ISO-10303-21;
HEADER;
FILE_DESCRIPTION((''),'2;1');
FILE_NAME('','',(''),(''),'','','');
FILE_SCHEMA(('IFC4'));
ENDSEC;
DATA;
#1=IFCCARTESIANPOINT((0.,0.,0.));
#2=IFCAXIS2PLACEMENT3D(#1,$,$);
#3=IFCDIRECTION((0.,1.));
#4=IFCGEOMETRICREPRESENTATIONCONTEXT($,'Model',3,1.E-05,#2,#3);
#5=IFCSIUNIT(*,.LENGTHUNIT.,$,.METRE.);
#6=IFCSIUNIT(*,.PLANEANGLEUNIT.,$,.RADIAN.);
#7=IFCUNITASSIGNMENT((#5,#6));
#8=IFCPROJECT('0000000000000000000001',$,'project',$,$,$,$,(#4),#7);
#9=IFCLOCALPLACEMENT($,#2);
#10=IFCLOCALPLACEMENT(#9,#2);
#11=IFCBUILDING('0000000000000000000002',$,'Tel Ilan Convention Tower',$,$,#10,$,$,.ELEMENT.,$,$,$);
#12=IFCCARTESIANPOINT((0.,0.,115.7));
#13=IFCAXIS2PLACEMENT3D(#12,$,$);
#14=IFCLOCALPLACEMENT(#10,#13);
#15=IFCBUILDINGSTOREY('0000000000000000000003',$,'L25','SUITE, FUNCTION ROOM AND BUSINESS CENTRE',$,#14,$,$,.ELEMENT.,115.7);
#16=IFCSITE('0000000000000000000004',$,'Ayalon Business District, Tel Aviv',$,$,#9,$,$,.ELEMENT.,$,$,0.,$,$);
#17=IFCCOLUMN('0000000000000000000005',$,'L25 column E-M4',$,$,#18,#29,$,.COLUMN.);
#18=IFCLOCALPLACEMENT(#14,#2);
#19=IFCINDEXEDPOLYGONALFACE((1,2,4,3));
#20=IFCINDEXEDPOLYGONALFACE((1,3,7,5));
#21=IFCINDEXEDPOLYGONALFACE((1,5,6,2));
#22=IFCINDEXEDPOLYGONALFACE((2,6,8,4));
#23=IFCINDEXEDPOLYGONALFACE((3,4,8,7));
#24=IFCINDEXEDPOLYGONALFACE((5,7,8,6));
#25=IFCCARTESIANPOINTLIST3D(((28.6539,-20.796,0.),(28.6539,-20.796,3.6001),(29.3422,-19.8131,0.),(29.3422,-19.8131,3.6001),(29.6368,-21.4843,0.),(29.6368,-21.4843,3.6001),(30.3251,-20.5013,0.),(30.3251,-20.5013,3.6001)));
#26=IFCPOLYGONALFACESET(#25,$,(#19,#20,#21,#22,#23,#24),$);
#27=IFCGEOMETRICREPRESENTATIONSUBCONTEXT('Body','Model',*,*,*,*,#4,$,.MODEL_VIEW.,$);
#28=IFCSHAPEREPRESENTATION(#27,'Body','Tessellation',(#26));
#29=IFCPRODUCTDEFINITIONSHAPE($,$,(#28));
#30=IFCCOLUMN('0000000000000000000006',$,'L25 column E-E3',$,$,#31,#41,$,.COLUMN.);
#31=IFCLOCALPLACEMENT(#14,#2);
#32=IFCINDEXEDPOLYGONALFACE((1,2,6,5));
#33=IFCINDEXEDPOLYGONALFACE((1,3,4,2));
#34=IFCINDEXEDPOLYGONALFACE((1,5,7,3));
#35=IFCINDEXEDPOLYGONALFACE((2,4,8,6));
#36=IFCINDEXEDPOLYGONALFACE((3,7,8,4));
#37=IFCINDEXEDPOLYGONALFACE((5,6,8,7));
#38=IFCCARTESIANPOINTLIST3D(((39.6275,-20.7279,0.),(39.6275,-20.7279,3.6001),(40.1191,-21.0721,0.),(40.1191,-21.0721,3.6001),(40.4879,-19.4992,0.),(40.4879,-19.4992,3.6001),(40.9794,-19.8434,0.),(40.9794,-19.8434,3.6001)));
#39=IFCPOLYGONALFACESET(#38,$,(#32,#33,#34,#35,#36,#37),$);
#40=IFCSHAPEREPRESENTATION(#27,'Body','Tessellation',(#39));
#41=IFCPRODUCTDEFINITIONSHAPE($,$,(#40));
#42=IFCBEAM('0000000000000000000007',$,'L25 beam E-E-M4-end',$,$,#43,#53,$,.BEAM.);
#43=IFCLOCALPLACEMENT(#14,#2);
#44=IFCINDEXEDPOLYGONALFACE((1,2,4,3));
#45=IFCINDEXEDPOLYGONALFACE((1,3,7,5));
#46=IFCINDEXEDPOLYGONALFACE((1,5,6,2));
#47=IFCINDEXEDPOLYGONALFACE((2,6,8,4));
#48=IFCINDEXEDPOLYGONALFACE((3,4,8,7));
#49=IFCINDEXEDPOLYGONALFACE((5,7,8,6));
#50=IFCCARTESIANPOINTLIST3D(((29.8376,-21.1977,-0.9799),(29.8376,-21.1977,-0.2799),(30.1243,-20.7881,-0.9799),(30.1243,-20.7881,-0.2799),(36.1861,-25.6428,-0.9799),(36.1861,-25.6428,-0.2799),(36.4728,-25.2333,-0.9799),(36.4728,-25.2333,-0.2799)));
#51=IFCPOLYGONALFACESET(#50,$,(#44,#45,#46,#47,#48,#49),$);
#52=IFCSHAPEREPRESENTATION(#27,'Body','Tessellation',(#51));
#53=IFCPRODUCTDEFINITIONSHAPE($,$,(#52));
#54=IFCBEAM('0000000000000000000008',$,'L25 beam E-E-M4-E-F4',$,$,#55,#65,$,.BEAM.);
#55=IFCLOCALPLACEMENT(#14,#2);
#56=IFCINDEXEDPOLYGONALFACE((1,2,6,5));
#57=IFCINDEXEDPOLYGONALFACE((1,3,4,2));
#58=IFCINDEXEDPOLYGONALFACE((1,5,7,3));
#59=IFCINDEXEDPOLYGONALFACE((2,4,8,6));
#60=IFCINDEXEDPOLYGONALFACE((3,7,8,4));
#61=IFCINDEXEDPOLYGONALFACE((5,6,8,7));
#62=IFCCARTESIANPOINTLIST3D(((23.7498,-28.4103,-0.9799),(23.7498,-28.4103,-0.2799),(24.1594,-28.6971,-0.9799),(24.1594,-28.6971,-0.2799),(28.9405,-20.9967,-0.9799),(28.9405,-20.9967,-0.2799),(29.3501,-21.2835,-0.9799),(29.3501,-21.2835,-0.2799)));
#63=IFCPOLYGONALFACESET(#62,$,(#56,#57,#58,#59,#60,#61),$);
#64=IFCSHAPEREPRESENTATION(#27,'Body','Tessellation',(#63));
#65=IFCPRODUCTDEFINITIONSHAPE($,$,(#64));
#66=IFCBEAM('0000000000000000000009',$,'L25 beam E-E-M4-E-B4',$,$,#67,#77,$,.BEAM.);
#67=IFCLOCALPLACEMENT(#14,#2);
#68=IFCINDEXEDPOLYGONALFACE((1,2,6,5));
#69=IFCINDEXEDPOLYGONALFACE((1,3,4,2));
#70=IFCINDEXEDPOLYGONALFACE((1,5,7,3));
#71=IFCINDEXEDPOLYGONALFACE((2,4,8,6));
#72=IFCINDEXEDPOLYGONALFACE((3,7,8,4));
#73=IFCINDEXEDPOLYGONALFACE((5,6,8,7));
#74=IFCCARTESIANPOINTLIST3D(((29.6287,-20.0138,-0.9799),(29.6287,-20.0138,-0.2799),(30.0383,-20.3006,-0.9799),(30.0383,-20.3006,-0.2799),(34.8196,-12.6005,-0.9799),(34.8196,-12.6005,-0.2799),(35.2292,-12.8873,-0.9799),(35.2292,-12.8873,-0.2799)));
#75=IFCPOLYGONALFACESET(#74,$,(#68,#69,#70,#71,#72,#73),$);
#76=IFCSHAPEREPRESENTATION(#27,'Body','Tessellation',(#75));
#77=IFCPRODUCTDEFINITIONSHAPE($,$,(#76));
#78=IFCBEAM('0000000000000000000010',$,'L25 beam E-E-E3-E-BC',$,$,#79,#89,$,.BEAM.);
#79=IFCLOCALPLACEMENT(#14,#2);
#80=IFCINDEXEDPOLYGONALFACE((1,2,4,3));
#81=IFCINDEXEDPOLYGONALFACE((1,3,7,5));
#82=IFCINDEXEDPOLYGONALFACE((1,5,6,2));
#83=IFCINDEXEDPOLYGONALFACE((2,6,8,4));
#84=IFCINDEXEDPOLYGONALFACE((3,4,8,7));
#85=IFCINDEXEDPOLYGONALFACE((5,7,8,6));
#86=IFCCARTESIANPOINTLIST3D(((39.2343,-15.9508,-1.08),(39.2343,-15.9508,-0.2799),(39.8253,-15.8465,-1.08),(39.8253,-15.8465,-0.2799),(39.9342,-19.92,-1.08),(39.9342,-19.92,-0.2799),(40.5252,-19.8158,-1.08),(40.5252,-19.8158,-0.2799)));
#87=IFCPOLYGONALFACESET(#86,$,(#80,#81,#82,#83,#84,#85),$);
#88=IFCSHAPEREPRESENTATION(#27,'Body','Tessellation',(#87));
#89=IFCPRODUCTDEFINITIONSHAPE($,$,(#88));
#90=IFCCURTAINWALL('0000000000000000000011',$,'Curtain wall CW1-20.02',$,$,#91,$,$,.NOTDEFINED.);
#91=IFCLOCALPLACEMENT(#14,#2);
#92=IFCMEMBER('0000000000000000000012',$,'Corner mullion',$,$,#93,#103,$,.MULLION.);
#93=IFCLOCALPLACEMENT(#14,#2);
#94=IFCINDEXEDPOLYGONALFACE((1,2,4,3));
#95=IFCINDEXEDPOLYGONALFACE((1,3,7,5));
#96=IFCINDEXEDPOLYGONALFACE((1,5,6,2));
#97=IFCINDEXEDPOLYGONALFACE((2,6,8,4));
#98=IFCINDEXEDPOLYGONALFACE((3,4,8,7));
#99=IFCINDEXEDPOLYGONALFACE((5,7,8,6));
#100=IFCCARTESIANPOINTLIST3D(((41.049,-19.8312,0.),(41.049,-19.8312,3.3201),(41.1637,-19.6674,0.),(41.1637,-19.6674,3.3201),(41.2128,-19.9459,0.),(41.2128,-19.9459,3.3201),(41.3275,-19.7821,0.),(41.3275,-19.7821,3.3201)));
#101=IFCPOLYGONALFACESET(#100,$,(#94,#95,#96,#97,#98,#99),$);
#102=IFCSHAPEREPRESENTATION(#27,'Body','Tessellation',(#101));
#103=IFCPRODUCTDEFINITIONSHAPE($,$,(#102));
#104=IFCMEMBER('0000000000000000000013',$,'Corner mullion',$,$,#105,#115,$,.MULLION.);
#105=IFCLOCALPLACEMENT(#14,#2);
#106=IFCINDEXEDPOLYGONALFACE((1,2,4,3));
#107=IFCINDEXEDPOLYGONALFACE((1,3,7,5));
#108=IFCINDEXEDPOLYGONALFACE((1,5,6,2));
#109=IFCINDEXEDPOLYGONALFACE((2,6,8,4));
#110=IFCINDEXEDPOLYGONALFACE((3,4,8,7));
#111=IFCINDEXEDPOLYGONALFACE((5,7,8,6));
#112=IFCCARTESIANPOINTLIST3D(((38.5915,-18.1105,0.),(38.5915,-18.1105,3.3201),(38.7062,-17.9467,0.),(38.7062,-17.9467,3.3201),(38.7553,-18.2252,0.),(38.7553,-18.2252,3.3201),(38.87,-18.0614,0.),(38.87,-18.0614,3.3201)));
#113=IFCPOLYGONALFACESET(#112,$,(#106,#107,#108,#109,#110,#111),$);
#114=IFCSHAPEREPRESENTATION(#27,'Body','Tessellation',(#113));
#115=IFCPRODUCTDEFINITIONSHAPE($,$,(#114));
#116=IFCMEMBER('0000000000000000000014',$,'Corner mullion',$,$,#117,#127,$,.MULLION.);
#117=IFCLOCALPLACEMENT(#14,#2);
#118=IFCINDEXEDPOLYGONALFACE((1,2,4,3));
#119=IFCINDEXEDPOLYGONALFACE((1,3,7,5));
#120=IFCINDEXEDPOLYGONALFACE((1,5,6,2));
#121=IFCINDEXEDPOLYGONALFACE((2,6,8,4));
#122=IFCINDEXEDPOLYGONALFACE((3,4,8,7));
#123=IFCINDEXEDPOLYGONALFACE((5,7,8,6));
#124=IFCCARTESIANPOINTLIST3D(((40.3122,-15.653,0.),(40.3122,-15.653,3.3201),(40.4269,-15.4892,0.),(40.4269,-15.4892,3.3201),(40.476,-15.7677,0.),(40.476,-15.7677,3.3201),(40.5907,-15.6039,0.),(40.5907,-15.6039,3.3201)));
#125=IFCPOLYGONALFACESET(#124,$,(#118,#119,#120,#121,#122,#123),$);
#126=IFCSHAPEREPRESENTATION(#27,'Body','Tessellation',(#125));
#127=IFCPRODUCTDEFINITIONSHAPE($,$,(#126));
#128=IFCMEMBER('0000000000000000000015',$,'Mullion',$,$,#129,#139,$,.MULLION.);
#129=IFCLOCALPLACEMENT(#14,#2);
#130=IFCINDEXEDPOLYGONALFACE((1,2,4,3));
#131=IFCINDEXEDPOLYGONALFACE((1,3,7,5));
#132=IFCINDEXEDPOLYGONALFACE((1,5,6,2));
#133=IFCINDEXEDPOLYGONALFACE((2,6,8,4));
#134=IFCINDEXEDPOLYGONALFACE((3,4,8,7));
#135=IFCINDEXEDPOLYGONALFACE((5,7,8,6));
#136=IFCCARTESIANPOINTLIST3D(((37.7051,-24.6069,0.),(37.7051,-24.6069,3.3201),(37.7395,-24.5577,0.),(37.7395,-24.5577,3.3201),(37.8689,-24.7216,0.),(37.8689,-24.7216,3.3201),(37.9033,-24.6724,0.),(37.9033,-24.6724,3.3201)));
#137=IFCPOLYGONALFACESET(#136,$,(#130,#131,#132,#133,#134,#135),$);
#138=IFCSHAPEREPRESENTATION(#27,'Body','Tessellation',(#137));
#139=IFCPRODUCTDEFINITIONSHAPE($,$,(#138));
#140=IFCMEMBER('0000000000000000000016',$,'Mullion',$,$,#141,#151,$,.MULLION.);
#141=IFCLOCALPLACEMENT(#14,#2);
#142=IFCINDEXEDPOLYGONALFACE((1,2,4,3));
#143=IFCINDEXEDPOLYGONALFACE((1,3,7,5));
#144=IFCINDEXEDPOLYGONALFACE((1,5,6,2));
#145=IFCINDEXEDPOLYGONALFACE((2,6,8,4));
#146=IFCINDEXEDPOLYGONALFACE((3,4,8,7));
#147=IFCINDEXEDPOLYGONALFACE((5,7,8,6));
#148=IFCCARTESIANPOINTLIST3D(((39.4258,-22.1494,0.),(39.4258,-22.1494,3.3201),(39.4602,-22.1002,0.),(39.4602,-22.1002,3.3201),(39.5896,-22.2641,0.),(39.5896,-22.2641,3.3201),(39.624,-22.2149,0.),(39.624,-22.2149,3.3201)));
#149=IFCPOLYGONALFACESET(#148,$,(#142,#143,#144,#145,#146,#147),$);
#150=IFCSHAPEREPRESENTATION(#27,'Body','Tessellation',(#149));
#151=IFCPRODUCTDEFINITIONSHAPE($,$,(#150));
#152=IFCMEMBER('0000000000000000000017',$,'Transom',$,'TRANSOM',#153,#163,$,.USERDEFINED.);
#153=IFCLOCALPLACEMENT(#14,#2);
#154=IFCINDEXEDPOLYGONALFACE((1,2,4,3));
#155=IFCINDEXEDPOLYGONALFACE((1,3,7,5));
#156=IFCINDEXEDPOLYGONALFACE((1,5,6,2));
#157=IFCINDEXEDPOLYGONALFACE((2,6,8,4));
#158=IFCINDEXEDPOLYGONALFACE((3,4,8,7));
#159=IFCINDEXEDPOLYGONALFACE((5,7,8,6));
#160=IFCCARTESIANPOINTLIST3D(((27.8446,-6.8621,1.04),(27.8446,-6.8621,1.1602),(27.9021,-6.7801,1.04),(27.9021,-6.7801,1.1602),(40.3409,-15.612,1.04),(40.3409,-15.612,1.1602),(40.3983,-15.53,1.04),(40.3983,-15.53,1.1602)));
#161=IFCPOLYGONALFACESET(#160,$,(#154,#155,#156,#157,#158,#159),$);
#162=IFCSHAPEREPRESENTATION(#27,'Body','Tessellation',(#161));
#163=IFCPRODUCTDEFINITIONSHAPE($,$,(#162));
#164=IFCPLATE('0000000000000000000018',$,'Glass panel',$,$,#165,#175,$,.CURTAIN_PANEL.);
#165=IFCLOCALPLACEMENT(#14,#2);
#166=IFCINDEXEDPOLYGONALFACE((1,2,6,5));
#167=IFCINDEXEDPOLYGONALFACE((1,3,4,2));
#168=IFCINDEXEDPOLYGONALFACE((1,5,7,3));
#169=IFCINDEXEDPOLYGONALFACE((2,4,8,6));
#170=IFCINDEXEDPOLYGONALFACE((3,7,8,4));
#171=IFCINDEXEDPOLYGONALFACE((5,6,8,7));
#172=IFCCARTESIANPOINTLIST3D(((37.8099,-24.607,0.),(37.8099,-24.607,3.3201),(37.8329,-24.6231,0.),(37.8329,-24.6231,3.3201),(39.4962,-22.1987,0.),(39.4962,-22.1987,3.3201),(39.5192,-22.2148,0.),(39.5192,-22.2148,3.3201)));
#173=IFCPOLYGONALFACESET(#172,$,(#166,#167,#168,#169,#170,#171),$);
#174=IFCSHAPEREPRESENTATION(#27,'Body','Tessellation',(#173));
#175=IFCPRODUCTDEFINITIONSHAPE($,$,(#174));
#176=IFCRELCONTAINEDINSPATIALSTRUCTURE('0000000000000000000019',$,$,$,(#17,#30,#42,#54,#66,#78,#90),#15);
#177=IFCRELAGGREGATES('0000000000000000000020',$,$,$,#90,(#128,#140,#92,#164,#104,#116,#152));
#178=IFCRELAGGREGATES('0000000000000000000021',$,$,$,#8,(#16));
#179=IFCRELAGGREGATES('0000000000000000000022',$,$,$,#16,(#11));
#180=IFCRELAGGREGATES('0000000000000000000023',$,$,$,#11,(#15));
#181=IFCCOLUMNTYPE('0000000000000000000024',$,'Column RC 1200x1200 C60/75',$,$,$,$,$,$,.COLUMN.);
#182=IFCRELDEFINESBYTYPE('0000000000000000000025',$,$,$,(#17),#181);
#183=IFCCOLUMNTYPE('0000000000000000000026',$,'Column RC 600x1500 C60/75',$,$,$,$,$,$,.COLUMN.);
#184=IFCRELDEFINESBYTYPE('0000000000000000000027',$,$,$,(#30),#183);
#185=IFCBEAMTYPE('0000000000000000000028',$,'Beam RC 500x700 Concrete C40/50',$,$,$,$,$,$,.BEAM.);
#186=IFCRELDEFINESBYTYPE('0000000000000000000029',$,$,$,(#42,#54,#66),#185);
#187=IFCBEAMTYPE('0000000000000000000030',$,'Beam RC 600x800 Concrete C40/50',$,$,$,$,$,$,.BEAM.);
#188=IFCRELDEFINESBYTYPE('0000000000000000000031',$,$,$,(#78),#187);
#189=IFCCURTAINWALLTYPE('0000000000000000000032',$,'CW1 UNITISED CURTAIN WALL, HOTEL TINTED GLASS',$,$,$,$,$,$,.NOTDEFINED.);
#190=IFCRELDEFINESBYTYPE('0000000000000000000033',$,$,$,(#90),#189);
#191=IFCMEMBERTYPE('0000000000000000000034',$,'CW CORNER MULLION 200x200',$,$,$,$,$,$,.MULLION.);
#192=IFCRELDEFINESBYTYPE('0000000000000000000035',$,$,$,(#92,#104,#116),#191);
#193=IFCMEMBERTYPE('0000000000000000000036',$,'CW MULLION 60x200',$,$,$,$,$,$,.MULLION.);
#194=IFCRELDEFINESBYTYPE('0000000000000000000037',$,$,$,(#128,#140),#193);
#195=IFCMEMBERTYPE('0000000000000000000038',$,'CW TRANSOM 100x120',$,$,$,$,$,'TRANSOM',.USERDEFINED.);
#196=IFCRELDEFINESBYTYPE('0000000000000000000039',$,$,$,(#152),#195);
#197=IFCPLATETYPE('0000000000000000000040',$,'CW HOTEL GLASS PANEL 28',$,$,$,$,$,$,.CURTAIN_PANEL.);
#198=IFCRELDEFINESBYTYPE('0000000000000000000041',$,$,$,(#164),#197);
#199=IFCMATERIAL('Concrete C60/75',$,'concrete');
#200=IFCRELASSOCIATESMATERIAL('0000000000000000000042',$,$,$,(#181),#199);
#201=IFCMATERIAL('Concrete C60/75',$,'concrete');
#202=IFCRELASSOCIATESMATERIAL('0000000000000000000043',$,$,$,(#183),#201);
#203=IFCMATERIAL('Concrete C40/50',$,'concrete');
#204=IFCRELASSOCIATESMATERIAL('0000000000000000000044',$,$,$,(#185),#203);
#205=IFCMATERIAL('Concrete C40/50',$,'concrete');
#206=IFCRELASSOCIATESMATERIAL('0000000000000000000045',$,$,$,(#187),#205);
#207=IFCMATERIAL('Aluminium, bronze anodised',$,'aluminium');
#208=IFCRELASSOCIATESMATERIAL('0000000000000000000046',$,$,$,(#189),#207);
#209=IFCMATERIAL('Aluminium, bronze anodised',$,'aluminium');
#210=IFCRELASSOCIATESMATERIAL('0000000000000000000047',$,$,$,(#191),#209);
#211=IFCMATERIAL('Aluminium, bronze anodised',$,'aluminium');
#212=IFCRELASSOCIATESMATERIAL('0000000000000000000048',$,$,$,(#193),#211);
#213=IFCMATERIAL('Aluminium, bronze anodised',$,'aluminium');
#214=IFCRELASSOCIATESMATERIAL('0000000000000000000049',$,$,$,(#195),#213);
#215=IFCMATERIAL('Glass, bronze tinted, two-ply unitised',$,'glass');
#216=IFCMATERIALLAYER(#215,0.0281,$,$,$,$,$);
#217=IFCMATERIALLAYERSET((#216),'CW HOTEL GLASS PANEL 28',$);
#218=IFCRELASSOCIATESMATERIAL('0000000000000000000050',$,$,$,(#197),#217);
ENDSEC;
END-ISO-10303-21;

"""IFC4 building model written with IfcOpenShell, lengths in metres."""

from ifc_helpers import new_model, si_unit, direction, frame, origin, origin_2d, place, context, subcontext, project, spatial, rectangle, extrude, material, layer, layer_set, material_profile, profile_set, type_object, element, aggregate, save


model = new_model("IFC4")

# Units and contexts
model_context = context("Model", 3, precision=1e-05, world=origin(), true_north=direction((0.0, 1.0)))
body_context = subcontext(model_context, "Body", "Model", "MODEL_VIEW")
ifc_project = project(units=[si_unit("LENGTHUNIT", "METRE"), si_unit("PLANEANGLEUNIT", "RADIAN")], contexts=[model_context])

# Site, building, storey
site_placement = place(None, origin())
site = spatial("IfcSite", under=ifc_project, at=site_placement, Name="Ayalon Business District, Tel Aviv", CompositionType="ELEMENT", RefElevation=0.0)
building_placement = place(site_placement, origin())
building = spatial("IfcBuilding", under=site, at=building_placement, Name="Tel Ilan Convention Tower", CompositionType="ELEMENT")
storey_placement = place(building_placement, frame((0.0, 0.0, 115.7)))
storey = spatial("IfcBuildingStorey", under=building, at=storey_placement, Name="L25", Description="SUITE, FUNCTION ROOM AND BUSINESS CENTRE", CompositionType="ELEMENT", Elevation=115.7)

# Columns
ifc_material_1 = material(Name="Concrete C60/75", Category="concrete")
ifc_material_profile_1 = material_profile(ifc_material_1, rectangle(XDim=1.2, YDim=1.2, at=origin_2d()), Name="RC 1200x1200")
ifc_profile_set_1 = profile_set([ifc_material_profile_1], Name="Concrete C60/75")
column_type_1 = type_object("IfcColumnType", Name="Column RC 1200x1200 C60/75", PredefinedType="COLUMN", material=ifc_profile_set_1)
column_1_placement = place(storey_placement, frame((29.4895, -20.6487, 0.0), z_axis=(0.0, 0.0, 1.0), x_axis=(0.819152, -0.573576, 0.0)))
element("IfcColumn", 1, at=column_1_placement, inside=storey, type_object=column_type_1, Name="L25 column E-M4", PredefinedType="COLUMN", context=body_context, shape_type="SweptSolid", body=[
    extrude(rectangle(XDim=1.2, YDim=1.2, at=origin_2d()), origin(), (0.0, 0.0, 1.0), 3.6001),
])
ifc_material_2 = material(Name="Concrete C60/75", Category="concrete")
ifc_material_profile_2 = material_profile(ifc_material_2, rectangle(XDim=1.5, YDim=0.6001, at=origin_2d()), Name="RC 600x1500")
ifc_profile_set_2 = profile_set([ifc_material_profile_2], Name="Concrete C60/75")
column_type_2 = type_object("IfcColumnType", Name="Column RC 600x1500 C60/75", PredefinedType="COLUMN", material=ifc_profile_set_2)
column_2_placement = place(storey_placement, frame((40.3035, -20.2856, 0.0), z_axis=(0.0, 0.0, 1.0), x_axis=(0.573576, 0.819152, 0.0)))
element("IfcColumn", 2, at=column_2_placement, inside=storey, type_object=column_type_2, Name="L25 column E-E3", PredefinedType="COLUMN", context=body_context, shape_type="SweptSolid", body=[
    extrude(rectangle(XDim=1.5, YDim=0.6001, at=origin_2d()), origin(), (0.0, 0.0, 1.0), 3.6001),
])

# Beams
ifc_material_3 = material(Name="Concrete C40/50", Category="concrete")
ifc_material_profile_3 = material_profile(ifc_material_3, rectangle(XDim=0.5, YDim=0.7, at=origin_2d()), Name="RC 500x700")
ifc_profile_set_3 = profile_set([ifc_material_profile_3], Name="Concrete C40/50")
beam_type_1 = type_object("IfcBeamType", Name="Beam RC 500x700 Concrete C40/50", PredefinedType="BEAM", material=ifc_profile_set_3)
beam_1_placement = place(storey_placement, frame((29.981, -20.9929, -0.6299), z_axis=(0.819159, -0.573566, 0.0), x_axis=(0.573566, 0.819159, 0.0)))
element("IfcBeam", 3, at=beam_1_placement, inside=storey, type_object=beam_type_1, Name="L25 beam E-E-M4-end", PredefinedType="BEAM", context=body_context, shape_type="SweptSolid", body=[
    extrude(rectangle(XDim=0.5, YDim=0.7, at=origin_2d()), origin(), (0.0, 0.0, 1.0), 7.75),
])
for number, where, z_axis, x_axis, name in (
    (4, (29.1453, -21.1401, -0.6299), (-0.573549, -0.819171, 0.0), (0.819171, -0.573549, 0.0), "L25 beam E-E-M4-E-F4"),
    (5, (29.8335, -20.1572, -0.6299), (0.57358, 0.81915, 0.0), (-0.81915, 0.57358, 0.0), "L25 beam E-E-M4-E-B4"),
):
    element("IfcBeam", number, at=place(storey_placement, frame(where, z_axis=z_axis, x_axis=x_axis)), inside=storey, type_object=beam_type_1, Name=name, PredefinedType="BEAM", context=body_context, shape_type="SweptSolid", body=[
        extrude(rectangle(XDim=0.5, YDim=0.7, at=origin_2d()), origin(), (0.0, 0.0, 1.0), 9.05),
    ])
ifc_material_4 = material(Name="Concrete C40/50", Category="concrete")
ifc_material_profile_4 = material_profile(ifc_material_4, rectangle(XDim=0.6001, YDim=0.8, at=origin_2d()), Name="RC 600x800")
ifc_profile_set_4 = profile_set([ifc_material_profile_4], Name="Concrete C40/50")
beam_type_2 = type_object("IfcBeamType", Name="Beam RC 600x800 Concrete C40/50", PredefinedType="BEAM", material=ifc_profile_set_4)
beam_2_placement = place(storey_placement, frame((40.2297, -19.8679, -0.6799), z_axis=(-0.173664, 0.984805, 0.0), x_axis=(-0.984805, -0.173664, 0.0)))
element("IfcBeam", 6, at=beam_2_placement, inside=storey, type_object=beam_type_2, Name="L25 beam E-E-E3-E-BC", PredefinedType="BEAM", context=body_context, shape_type="SweptSolid", body=[
    extrude(rectangle(XDim=0.6001, YDim=0.8, at=origin_2d()), origin(), (0.0, 0.0, 1.0), 4.0305),
])

# Curtain wall, members, plate
ifc_material_5 = material(Name="Aluminium, bronze anodised", Category="aluminium")
curtain_wall_type = type_object("IfcCurtainWallType", Name="CW1 UNITISED CURTAIN WALL, HOTEL TINTED GLASS", PredefinedType="NOTDEFINED", material=ifc_material_5)
curtain_wall_placement = place(storey_placement, origin())
curtain_wall = element("IfcCurtainWall", 7, at=curtain_wall_placement, inside=storey, type_object=curtain_wall_type, Name="Curtain wall CW1-20.02", PredefinedType="NOTDEFINED")
ifc_material_6 = material(Name="Aluminium, bronze anodised", Category="aluminium")
ifc_material_profile_5 = material_profile(ifc_material_6, rectangle(XDim=0.2, YDim=0.2, at=origin_2d()), Name="CW CORNER MULLION 200x200")
ifc_profile_set_5 = profile_set([ifc_material_profile_5], Name="Aluminium, bronze anodised")
member_type_1 = type_object("IfcMemberType", Name="CW CORNER MULLION 200x200", PredefinedType="MULLION", material=ifc_profile_set_5)
member_1_placement = place(storey_placement, frame((41.1882, -19.8066, 0.0), z_axis=(0.0, 0.0, 1.0), x_axis=(0.573576, 0.819152, 0.0)))
member_1 = element("IfcMember", 8, at=member_1_placement, type_object=member_type_1, Name="Corner mullion", PredefinedType="MULLION", context=body_context, shape_type="SweptSolid", body=[
    extrude(rectangle(XDim=0.2, YDim=0.2, at=origin_2d()), origin(), (0.0, 0.0, 1.0), 3.3201),
])
member_2_placement = place(storey_placement, frame((38.7307, -18.0859, 0.0), z_axis=(0.0, 0.0, 1.0), x_axis=(-0.819152, 0.573576, 0.0)))
member_2 = element("IfcMember", 9, at=member_2_placement, type_object=member_type_1, Name="Corner mullion", PredefinedType="MULLION", context=body_context, shape_type="SweptSolid", body=[
    extrude(rectangle(XDim=0.2, YDim=0.2, at=origin_2d()), origin(), (0.0, 0.0, 1.0), 3.3201),
])
member_3_placement = place(storey_placement, frame((40.4514, -15.6284, 0.0), z_axis=(0.0, 0.0, 1.0), x_axis=(0.573576, 0.819152, 0.0)))
member_3 = element("IfcMember", 10, at=member_3_placement, type_object=member_type_1, Name="Corner mullion", PredefinedType="MULLION", context=body_context, shape_type="SweptSolid", body=[
    extrude(rectangle(XDim=0.2, YDim=0.2, at=origin_2d()), origin(), (0.0, 0.0, 1.0), 3.3201),
])
ifc_material_7 = material(Name="Aluminium, bronze anodised", Category="aluminium")
ifc_material_profile_6 = material_profile(ifc_material_7, rectangle(XDim=0.0601, YDim=0.2, at=origin_2d()), Name="CW MULLION 60x200")
ifc_profile_set_6 = profile_set([ifc_material_profile_6], Name="Aluminium, bronze anodised")
member_type_2 = type_object("IfcMemberType", Name="CW MULLION 60x200", PredefinedType="MULLION", material=ifc_profile_set_6)
member_4_placement = place(storey_placement, frame((37.8042, -24.6396, 0.0), z_axis=(0.0, 0.0, 1.0), x_axis=(0.573576, 0.819152, 0.0)))
member_4 = element("IfcMember", 11, at=member_4_placement, type_object=member_type_2, Name="Mullion", PredefinedType="MULLION", context=body_context, shape_type="SweptSolid", body=[
    extrude(rectangle(XDim=0.0601, YDim=0.2, at=origin_2d()), origin(), (0.0, 0.0, 1.0), 3.3201),
])
member_5_placement = place(storey_placement, frame((39.5249, -22.1821, 0.0), z_axis=(0.0, 0.0, 1.0), x_axis=(0.573576, 0.819152, 0.0)))
member_5 = element("IfcMember", 12, at=member_5_placement, type_object=member_type_2, Name="Mullion", PredefinedType="MULLION", context=body_context, shape_type="SweptSolid", body=[
    extrude(rectangle(XDim=0.0601, YDim=0.2, at=origin_2d()), origin(), (0.0, 0.0, 1.0), 3.3201),
])
ifc_material_8 = material(Name="Aluminium, bronze anodised", Category="aluminium")
ifc_material_profile_7 = material_profile(ifc_material_8, rectangle(XDim=0.1001, YDim=0.1201, at=origin_2d()), Name="CW TRANSOM 100x120")
ifc_profile_set_7 = profile_set([ifc_material_profile_7], Name="Aluminium, bronze anodised")
member_type_3 = type_object("IfcMemberType", Name="CW TRANSOM 100x120", ElementType="TRANSOM", PredefinedType="USERDEFINED", material=ifc_profile_set_7)
member_6_placement = place(storey_placement, frame((40.3696, -15.571, 1.1001), z_axis=(-0.819153, 0.573575, 0.0), x_axis=(-0.573575, -0.819153, 0.0)))
member_6 = element("IfcMember", 13, at=member_6_placement, type_object=member_type_3, Name="Transom", ObjectType="TRANSOM", PredefinedType="USERDEFINED", context=body_context, shape_type="SweptSolid", body=[
    extrude(rectangle(XDim=0.1001, YDim=0.1201, at=origin_2d()), origin(), (0.0, 0.0, 1.0), 15.2551),
])
ifc_material_9 = material(Name="Glass, bronze tinted, two-ply unitised", Category="glass")
ifc_layer_1 = layer(ifc_material_9, 0.0281)
ifc_layer_set_1 = layer_set([ifc_layer_1], Name="CW HOTEL GLASS PANEL 28")
plate_type = type_object("IfcPlateType", Name="CW HOTEL GLASS PANEL 28", PredefinedType="CURTAIN_PANEL", material=ifc_layer_set_1)
plate_1_placement = place(storey_placement, frame((38.6646, -23.4109, 0.0), z_axis=(0.0, 0.0, 1.0), x_axis=(0.573576, 0.819152, 0.0)))
plate_1 = element("IfcPlate", 14, at=plate_1_placement, type_object=plate_type, Name="Glass panel", PredefinedType="CURTAIN_PANEL", context=body_context, shape_type="SweptSolid", body=[
    extrude(rectangle(XDim=2.9399, YDim=0.0281, at=origin_2d()), origin(), (0.0, 0.0, 1.0), 3.3201),
])
aggregate(curtain_wall, [member_4, member_5, member_1, plate_1, member_2, member_3, member_6])

save(model, "model.ifc")
